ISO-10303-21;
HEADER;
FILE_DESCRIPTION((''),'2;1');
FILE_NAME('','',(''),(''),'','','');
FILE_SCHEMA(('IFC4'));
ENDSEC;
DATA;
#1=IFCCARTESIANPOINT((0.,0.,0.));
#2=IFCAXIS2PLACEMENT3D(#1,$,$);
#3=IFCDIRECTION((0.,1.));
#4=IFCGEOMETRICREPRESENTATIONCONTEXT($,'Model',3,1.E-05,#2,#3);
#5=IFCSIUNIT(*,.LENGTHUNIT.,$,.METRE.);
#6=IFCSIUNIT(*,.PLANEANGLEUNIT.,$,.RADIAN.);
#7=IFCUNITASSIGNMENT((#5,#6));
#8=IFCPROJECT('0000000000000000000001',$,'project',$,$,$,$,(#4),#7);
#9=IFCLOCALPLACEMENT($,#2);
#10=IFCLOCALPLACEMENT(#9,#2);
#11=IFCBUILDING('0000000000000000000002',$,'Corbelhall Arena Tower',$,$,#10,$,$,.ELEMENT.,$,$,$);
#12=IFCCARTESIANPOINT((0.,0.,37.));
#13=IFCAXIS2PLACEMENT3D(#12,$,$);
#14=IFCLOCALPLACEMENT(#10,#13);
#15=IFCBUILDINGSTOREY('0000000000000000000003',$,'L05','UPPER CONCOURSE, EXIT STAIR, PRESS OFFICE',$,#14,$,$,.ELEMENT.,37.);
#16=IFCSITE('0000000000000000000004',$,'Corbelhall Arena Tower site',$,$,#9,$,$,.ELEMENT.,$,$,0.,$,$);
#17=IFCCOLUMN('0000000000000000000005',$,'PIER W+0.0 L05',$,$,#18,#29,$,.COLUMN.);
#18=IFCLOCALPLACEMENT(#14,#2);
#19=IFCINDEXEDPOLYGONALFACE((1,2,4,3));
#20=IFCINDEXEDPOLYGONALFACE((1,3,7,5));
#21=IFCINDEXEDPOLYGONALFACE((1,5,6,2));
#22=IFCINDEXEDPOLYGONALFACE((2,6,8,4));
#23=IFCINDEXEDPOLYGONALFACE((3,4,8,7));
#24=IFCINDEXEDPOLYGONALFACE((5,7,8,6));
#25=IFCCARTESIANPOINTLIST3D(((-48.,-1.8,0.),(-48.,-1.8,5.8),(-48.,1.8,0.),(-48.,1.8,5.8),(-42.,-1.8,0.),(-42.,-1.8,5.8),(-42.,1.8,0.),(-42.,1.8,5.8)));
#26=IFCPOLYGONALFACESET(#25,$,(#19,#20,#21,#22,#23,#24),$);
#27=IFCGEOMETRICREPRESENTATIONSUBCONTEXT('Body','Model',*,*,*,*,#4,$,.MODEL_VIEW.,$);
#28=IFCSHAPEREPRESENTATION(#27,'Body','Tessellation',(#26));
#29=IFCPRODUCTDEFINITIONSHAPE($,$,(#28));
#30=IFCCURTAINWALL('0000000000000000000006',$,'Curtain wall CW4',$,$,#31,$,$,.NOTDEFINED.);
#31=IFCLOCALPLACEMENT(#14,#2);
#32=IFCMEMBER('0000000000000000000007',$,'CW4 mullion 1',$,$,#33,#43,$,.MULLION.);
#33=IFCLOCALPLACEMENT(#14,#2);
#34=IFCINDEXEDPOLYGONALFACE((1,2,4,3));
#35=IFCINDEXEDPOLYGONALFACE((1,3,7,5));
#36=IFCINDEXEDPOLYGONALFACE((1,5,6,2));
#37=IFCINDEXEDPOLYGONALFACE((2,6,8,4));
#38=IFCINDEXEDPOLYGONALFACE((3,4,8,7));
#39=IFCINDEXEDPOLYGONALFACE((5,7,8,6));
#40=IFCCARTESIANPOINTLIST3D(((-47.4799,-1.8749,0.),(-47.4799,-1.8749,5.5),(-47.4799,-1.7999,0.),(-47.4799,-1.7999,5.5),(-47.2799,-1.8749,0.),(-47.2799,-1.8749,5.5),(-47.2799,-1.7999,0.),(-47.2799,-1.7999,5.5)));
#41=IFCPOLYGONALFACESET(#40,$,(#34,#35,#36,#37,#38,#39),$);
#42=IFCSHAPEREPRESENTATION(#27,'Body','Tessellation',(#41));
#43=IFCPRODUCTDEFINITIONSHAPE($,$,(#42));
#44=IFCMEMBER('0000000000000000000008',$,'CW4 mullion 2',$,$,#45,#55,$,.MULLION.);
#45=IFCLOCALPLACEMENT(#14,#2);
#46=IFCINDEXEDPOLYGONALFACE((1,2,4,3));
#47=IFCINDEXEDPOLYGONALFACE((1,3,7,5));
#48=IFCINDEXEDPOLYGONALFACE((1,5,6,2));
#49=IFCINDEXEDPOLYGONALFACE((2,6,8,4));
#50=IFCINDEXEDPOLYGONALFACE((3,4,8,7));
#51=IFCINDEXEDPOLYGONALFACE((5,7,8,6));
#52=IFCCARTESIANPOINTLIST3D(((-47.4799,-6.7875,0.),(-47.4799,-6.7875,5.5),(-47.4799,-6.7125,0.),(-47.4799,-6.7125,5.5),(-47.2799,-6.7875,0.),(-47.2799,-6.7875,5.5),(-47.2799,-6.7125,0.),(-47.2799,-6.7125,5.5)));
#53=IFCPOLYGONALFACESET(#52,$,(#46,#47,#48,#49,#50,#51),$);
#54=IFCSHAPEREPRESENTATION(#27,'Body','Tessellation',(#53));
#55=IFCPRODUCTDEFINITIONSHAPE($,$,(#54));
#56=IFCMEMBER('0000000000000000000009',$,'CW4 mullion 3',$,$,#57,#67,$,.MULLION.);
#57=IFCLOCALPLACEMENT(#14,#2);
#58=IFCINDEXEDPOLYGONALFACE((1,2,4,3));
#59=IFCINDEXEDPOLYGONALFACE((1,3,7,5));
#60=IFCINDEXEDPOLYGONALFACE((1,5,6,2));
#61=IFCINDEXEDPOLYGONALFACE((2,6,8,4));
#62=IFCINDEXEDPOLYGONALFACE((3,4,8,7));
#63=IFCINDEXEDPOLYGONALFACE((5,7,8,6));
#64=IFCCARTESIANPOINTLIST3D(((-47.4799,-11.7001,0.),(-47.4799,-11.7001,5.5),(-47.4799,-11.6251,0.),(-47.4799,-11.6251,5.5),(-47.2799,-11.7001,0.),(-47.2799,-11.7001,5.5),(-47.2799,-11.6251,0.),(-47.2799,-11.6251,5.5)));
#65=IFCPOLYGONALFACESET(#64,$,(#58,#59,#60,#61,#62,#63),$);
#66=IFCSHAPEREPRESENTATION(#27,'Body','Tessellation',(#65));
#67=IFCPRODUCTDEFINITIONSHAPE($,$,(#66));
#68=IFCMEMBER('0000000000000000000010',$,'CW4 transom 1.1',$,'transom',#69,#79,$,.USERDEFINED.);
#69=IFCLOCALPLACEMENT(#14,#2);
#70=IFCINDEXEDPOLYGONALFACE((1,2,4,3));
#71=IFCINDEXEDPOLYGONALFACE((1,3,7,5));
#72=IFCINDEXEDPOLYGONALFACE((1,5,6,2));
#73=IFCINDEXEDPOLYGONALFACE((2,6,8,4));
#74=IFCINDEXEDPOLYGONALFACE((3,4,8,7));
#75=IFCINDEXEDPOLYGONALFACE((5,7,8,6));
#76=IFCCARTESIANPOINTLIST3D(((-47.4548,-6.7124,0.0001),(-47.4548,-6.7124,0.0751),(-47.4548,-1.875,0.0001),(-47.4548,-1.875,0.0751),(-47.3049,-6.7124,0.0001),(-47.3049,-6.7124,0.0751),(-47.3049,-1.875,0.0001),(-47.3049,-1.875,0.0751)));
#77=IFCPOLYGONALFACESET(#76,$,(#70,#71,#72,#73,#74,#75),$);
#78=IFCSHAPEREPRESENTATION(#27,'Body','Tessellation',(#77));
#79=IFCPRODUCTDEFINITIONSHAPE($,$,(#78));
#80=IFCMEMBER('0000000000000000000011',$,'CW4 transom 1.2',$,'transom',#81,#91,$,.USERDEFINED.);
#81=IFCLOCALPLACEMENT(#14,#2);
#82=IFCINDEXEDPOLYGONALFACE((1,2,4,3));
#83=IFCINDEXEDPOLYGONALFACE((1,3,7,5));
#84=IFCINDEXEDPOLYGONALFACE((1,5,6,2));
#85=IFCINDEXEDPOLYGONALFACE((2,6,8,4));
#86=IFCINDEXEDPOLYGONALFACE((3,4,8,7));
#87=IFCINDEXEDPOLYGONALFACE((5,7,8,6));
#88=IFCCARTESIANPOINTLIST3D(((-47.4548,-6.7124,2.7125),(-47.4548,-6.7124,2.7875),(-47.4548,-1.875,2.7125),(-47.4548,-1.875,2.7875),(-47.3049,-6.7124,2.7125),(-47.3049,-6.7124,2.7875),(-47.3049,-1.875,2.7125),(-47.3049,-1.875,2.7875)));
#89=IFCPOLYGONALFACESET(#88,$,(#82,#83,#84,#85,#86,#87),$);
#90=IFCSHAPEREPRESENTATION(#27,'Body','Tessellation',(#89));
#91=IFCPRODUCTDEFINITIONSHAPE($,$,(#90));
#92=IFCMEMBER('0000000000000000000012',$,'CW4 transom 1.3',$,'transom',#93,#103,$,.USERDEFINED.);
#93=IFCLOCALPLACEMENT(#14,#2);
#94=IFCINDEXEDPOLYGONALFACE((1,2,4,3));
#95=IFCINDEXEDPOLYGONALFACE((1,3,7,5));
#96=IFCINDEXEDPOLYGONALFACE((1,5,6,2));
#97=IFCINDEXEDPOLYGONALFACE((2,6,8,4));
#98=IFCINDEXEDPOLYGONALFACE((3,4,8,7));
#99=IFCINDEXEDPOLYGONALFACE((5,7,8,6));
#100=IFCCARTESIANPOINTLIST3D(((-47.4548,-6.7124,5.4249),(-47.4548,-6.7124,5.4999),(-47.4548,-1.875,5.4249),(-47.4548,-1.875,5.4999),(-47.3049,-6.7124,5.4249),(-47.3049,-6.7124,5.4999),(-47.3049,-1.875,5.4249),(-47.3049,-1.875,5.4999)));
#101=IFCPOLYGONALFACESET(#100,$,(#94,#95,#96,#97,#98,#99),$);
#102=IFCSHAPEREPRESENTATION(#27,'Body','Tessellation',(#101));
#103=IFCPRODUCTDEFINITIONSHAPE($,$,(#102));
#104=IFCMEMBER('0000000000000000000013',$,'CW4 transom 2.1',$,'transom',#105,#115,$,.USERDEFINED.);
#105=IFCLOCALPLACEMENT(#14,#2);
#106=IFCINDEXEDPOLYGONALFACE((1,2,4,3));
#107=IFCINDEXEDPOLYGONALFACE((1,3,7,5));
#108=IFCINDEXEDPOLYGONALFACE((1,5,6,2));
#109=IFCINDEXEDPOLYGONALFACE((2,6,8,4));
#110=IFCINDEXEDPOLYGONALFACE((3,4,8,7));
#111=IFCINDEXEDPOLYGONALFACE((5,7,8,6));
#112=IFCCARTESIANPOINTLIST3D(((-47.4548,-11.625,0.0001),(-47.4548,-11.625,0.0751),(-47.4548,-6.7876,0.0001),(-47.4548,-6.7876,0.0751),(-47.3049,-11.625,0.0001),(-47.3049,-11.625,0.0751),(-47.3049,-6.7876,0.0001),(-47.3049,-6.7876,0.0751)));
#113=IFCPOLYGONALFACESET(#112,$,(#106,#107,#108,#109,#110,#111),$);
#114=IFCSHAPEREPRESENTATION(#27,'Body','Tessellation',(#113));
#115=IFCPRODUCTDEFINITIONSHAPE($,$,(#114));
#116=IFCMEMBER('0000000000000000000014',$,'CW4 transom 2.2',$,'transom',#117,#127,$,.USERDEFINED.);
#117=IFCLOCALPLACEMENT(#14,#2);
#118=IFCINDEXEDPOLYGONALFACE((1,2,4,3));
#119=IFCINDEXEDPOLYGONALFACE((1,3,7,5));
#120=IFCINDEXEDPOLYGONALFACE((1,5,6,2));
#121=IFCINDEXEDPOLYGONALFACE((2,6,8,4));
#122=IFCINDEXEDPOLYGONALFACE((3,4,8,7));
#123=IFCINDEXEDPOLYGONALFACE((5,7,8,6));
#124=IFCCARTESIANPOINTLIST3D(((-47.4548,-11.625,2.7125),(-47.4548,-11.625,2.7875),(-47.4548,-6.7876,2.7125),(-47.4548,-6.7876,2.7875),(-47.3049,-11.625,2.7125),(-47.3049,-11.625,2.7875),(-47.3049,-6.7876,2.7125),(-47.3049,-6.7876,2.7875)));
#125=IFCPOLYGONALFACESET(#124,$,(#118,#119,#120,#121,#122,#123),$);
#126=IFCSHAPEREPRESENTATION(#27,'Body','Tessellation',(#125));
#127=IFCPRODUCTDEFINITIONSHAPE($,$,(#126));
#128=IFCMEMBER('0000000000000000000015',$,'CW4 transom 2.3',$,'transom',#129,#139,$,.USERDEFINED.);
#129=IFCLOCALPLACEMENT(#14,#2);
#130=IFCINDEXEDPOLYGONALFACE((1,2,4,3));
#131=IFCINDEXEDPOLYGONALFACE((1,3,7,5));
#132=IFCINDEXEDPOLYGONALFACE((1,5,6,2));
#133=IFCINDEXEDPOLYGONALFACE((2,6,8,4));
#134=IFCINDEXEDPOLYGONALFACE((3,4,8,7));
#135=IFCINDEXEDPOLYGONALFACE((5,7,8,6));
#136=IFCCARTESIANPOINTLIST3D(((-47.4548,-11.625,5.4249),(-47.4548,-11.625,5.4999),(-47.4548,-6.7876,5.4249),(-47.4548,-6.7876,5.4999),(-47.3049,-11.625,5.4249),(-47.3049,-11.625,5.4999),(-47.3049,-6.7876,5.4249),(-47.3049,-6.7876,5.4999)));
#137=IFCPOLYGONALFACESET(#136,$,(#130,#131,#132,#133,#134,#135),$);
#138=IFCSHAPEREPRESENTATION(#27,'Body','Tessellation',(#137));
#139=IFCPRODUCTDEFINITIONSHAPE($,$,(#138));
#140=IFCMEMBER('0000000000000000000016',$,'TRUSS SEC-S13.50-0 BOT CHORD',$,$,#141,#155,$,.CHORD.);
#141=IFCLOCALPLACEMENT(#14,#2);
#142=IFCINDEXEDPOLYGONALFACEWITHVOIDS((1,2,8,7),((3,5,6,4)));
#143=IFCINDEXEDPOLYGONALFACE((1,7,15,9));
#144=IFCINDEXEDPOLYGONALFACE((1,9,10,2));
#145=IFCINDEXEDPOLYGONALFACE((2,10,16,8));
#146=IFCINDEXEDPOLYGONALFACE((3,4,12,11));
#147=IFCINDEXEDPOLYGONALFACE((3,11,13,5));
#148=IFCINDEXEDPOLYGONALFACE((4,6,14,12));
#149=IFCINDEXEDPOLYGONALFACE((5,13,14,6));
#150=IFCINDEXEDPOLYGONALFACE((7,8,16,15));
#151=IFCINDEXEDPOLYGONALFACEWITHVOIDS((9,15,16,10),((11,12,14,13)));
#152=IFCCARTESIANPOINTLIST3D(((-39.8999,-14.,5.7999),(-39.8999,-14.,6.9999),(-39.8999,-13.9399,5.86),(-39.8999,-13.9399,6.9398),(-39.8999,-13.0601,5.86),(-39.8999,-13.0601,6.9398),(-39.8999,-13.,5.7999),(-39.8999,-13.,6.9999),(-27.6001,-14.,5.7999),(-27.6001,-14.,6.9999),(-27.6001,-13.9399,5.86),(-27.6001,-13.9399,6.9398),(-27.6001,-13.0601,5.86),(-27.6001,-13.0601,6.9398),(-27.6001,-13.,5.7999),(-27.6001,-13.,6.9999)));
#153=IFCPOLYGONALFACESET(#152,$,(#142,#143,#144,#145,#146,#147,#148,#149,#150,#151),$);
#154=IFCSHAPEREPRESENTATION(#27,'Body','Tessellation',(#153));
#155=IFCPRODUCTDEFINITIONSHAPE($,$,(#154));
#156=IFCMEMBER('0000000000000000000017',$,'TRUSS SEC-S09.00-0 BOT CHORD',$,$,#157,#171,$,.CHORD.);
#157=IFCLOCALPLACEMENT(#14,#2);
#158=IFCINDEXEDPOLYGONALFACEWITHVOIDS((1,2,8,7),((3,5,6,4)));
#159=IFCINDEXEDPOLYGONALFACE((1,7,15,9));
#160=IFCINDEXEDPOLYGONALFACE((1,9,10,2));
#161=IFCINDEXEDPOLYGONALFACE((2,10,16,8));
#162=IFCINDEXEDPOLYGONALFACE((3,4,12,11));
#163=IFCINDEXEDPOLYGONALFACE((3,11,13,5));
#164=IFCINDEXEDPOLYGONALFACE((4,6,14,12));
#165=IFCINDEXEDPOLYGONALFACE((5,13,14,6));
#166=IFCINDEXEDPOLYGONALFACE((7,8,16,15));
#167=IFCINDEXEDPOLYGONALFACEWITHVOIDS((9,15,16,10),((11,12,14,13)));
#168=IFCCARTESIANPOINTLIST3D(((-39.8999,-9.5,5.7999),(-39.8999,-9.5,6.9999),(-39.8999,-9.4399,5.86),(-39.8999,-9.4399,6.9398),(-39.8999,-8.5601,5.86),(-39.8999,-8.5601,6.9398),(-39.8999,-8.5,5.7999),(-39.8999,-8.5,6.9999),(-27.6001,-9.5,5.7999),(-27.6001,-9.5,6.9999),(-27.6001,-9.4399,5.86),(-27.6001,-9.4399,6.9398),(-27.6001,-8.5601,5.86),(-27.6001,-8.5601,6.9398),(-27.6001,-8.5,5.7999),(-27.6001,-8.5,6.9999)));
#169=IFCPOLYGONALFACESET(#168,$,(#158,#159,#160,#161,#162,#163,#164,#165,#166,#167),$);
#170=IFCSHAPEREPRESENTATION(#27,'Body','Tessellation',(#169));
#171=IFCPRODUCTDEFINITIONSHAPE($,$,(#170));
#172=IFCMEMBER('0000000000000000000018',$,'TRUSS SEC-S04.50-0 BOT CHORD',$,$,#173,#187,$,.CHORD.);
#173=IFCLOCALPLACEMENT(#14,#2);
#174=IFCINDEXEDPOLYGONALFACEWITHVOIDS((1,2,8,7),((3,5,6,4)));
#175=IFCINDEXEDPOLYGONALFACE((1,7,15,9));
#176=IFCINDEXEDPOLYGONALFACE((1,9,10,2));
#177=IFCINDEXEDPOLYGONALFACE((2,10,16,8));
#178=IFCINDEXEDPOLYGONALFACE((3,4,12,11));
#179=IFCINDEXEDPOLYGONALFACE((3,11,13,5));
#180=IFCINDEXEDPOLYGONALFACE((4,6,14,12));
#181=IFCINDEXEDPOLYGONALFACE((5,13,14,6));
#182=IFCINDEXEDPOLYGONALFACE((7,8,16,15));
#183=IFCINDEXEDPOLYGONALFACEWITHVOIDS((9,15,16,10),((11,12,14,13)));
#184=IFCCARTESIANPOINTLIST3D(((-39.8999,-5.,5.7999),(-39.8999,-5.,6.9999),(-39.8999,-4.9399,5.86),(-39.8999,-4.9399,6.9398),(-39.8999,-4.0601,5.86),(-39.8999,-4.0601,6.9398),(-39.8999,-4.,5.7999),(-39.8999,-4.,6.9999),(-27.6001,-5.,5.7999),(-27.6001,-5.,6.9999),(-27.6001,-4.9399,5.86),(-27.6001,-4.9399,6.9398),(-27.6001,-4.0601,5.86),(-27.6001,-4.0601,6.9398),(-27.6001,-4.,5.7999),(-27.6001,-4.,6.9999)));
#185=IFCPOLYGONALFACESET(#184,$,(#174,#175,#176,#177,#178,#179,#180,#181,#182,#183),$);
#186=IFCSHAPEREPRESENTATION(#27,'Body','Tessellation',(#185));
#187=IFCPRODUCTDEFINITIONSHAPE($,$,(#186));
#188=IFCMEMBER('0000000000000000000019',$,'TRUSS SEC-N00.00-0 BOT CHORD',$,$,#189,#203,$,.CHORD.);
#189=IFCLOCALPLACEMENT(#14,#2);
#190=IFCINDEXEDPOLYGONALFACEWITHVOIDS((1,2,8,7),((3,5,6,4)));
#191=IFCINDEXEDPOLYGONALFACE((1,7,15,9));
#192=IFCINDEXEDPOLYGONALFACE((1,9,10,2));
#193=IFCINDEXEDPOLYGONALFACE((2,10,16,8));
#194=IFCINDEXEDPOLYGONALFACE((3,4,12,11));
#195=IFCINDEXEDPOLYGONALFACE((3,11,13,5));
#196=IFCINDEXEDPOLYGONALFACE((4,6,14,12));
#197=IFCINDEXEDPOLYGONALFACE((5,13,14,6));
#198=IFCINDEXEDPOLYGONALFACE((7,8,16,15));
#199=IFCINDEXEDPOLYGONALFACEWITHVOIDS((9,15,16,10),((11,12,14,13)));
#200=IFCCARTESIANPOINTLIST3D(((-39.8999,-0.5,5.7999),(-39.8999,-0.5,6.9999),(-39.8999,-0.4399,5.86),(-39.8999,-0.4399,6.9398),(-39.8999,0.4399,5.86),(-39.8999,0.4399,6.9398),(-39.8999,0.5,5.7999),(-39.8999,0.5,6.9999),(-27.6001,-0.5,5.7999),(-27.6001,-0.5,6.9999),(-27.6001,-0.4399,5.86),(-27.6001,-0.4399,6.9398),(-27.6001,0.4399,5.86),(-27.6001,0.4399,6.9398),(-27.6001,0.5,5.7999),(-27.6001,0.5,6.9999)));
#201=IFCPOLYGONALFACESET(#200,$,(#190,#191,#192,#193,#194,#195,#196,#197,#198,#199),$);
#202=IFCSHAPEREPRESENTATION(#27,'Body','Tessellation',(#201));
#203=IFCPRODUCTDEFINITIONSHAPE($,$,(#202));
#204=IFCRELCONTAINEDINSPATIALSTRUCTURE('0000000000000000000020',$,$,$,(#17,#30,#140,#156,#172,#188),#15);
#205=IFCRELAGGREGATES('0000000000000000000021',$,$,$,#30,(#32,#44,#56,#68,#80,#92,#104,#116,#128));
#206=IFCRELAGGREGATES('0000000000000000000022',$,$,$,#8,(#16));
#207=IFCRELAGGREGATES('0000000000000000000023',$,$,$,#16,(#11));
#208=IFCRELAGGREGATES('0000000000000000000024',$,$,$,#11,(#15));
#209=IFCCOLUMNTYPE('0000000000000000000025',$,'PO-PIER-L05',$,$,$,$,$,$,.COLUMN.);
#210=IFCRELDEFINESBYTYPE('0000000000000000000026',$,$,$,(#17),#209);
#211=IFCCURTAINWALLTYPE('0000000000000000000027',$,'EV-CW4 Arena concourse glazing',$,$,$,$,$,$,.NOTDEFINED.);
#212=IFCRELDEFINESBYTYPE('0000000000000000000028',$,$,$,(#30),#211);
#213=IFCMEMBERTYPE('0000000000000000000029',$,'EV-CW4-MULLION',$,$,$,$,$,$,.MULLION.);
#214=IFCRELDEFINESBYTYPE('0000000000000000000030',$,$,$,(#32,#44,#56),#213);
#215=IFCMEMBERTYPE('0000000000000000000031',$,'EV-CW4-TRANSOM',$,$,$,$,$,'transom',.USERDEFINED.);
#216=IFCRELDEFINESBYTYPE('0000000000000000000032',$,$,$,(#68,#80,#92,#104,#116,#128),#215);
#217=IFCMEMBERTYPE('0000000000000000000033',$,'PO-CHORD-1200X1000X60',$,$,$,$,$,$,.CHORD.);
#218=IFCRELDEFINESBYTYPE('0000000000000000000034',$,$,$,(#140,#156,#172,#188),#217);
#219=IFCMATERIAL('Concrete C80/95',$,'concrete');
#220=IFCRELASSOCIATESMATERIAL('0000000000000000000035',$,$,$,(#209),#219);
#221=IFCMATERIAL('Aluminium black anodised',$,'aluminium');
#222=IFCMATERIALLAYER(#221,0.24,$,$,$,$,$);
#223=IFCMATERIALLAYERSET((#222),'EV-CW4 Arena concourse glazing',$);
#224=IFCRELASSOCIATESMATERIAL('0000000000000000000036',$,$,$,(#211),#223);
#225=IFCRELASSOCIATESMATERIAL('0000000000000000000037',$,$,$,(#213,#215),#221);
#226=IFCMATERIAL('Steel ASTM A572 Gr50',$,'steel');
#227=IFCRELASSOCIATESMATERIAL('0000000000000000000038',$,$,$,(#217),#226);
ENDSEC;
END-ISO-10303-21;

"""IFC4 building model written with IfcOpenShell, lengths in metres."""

from ifc_helpers import new_model, si_unit, direction, frame, origin, origin_2d, place, context, subcontext, project, spatial, rectangle, hollow_rectangle, extrude, material, layer, layer_set, material_profile, profile_set, type_object, element, aggregate, save


model = new_model("IFC4")

# Units and contexts
model_context = context("Model", 3, precision=1e-05, world=origin(), true_north=direction((0.0, 1.0)))
body_context = subcontext(model_context, "Body", "Model", "MODEL_VIEW")
ifc_project = project(units=[si_unit("LENGTHUNIT", "METRE"), si_unit("PLANEANGLEUNIT", "RADIAN")], contexts=[model_context])

# Site, building, storey
site_placement = place(None, origin())
site = spatial("IfcSite", under=ifc_project, at=site_placement, Name="Corbelhall Arena Tower site", CompositionType="ELEMENT", RefElevation=0.0)
building_placement = place(site_placement, origin())
building = spatial("IfcBuilding", under=site, at=building_placement, Name="Corbelhall Arena Tower", CompositionType="ELEMENT")
storey_placement = place(building_placement, frame((0.0, 0.0, 37.0)))
storey = spatial("IfcBuildingStorey", under=building, at=storey_placement, Name="L05", Description="UPPER CONCOURSE, EXIT STAIR, PRESS OFFICE", CompositionType="ELEMENT", Elevation=37.0)

# Column
ifc_material_1 = material(Name="Concrete C80/95", Category="concrete")
ifc_material_profile_1 = material_profile(ifc_material_1, rectangle(XDim=3.6001, YDim=6.0, at=origin_2d()))
ifc_profile_set_1 = profile_set([ifc_material_profile_1], Name="Concrete C80/95")
column_type = type_object("IfcColumnType", Name="PO-PIER-L05", PredefinedType="COLUMN", material=ifc_profile_set_1)
column_placement = place(storey_placement, frame((-45.0, 0.0, 0.0), z_axis=(0.0, 0.0, 1.0), x_axis=(0.0, 1.0, 0.0)))
element("IfcColumn", 1, at=column_placement, inside=storey, type_object=column_type, Name="PIER W+0.0 L05", PredefinedType="COLUMN", context=body_context, shape_type="SweptSolid", body=[
    extrude(rectangle(XDim=3.6001, YDim=6.0, at=origin_2d()), origin(), (0.0, 0.0, 1.0), 5.8),
])

# Curtain wall, members
ifc_material_2 = material(Name="Aluminium black anodised", Category="aluminium")
ifc_layer_1 = layer(ifc_material_2, 0.24)
ifc_layer_set_1 = layer_set([ifc_layer_1], Name="EV-CW4 Arena concourse glazing")
curtain_wall_type = type_object("IfcCurtainWallType", Name="EV-CW4 Arena concourse glazing", PredefinedType="NOTDEFINED", material=ifc_layer_set_1)
curtain_wall_placement = place(storey_placement, origin())
curtain_wall = element("IfcCurtainWall", 2, at=curtain_wall_placement, inside=storey, type_object=curtain_wall_type, Name="Curtain wall CW4", PredefinedType="NOTDEFINED")
ifc_material_profile_2 = material_profile(ifc_material_2, rectangle(XDim=0.2, YDim=0.075, at=origin_2d()))
ifc_profile_set_2 = profile_set([ifc_material_profile_2], Name="Aluminium black anodised")
member_type_1 = type_object("IfcMemberType", Name="EV-CW4-MULLION", PredefinedType="MULLION", material=ifc_profile_set_2)
member_1_placement = place(storey_placement, frame((-47.3799, -1.8374, 0.0), z_axis=(0.0, 0.0, 1.0), x_axis=(1.0, 0.0, 0.0)))
member_1 = element("IfcMember", 3, at=member_1_placement, type_object=member_type_1, Name="CW4 mullion 1", PredefinedType="MULLION", context=body_context, shape_type="SweptSolid", body=[
    extrude(rectangle(XDim=0.2, YDim=0.075, at=origin_2d()), origin(), (0.0, 0.0, 1.0), 5.5),
])
member_2_placement = place(storey_placement, frame((-47.3799, -6.75, 0.0), z_axis=(0.0, 0.0, 1.0), x_axis=(1.0, 0.0, 0.0)))
member_2 = element("IfcMember", 4, at=member_2_placement, type_object=member_type_1, Name="CW4 mullion 2", PredefinedType="MULLION", context=body_context, shape_type="SweptSolid", body=[
    extrude(rectangle(XDim=0.2, YDim=0.075, at=origin_2d()), origin(), (0.0, 0.0, 1.0), 5.5),
])
member_3_placement = place(storey_placement, frame((-47.3799, -11.6626, 0.0), z_axis=(0.0, 0.0, 1.0), x_axis=(1.0, 0.0, 0.0)))
member_3 = element("IfcMember", 5, at=member_3_placement, type_object=member_type_1, Name="CW4 mullion 3", PredefinedType="MULLION", context=body_context, shape_type="SweptSolid", body=[
    extrude(rectangle(XDim=0.2, YDim=0.075, at=origin_2d()), origin(), (0.0, 0.0, 1.0), 5.5),
])
ifc_material_profile_3 = material_profile(ifc_material_2, rectangle(XDim=0.1499, YDim=0.075, at=origin_2d()))
ifc_profile_set_3 = profile_set([ifc_material_profile_3], Name="Aluminium black anodised")
member_type_2 = type_object("IfcMemberType", Name="EV-CW4-TRANSOM", ElementType="transom", PredefinedType="USERDEFINED", material=ifc_profile_set_3)
member_4_placement = place(storey_placement, frame((-47.3799, -1.875, 0.0376), z_axis=(0.0, -1.0, 0.0), x_axis=(1.0, 0.0, 0.0)))
member_4 = element("IfcMember", 6, at=member_4_placement, type_object=member_type_2, Name="CW4 transom 1.1", ObjectType="transom", PredefinedType="USERDEFINED", context=body_context, shape_type="SweptSolid", body=[
    extrude(rectangle(XDim=0.1499, YDim=0.075, at=origin_2d()), origin(), (0.0, 0.0, 1.0), 4.8374),
])
member_5_placement = place(storey_placement, frame((-47.3799, -1.875, 2.75), z_axis=(0.0, -1.0, 0.0), x_axis=(1.0, 0.0, 0.0)))
member_5 = element("IfcMember", 7, at=member_5_placement, type_object=member_type_2, Name="CW4 transom 1.2", ObjectType="transom", PredefinedType="USERDEFINED", context=body_context, shape_type="SweptSolid", body=[
    extrude(rectangle(XDim=0.1499, YDim=0.075, at=origin_2d()), origin(), (0.0, 0.0, 1.0), 4.8374),
])
member_6_placement = place(storey_placement, frame((-47.3799, -1.875, 5.4624), z_axis=(0.0, -1.0, 0.0), x_axis=(1.0, 0.0, 0.0)))
member_6 = element("IfcMember", 8, at=member_6_placement, type_object=member_type_2, Name="CW4 transom 1.3", ObjectType="transom", PredefinedType="USERDEFINED", context=body_context, shape_type="SweptSolid", body=[
    extrude(rectangle(XDim=0.1499, YDim=0.075, at=origin_2d()), origin(), (0.0, 0.0, 1.0), 4.8374),
])
member_7_placement = place(storey_placement, frame((-47.3799, -6.7876, 0.0376), z_axis=(0.0, -1.0, 0.0), x_axis=(1.0, 0.0, 0.0)))
member_7 = element("IfcMember", 9, at=member_7_placement, type_object=member_type_2, Name="CW4 transom 2.1", ObjectType="transom", PredefinedType="USERDEFINED", context=body_context, shape_type="SweptSolid", body=[
    extrude(rectangle(XDim=0.1499, YDim=0.075, at=origin_2d()), origin(), (0.0, 0.0, 1.0), 4.8374),
])
member_8_placement = place(storey_placement, frame((-47.3799, -6.7876, 2.75), z_axis=(0.0, -1.0, 0.0), x_axis=(1.0, 0.0, 0.0)))
member_8 = element("IfcMember", 10, at=member_8_placement, type_object=member_type_2, Name="CW4 transom 2.2", ObjectType="transom", PredefinedType="USERDEFINED", context=body_context, shape_type="SweptSolid", body=[
    extrude(rectangle(XDim=0.1499, YDim=0.075, at=origin_2d()), origin(), (0.0, 0.0, 1.0), 4.8374),
])
member_9_placement = place(storey_placement, frame((-47.3799, -6.7876, 5.4624), z_axis=(0.0, -1.0, 0.0), x_axis=(1.0, 0.0, 0.0)))
member_9 = element("IfcMember", 11, at=member_9_placement, type_object=member_type_2, Name="CW4 transom 2.3", ObjectType="transom", PredefinedType="USERDEFINED", context=body_context, shape_type="SweptSolid", body=[
    extrude(rectangle(XDim=0.1499, YDim=0.075, at=origin_2d()), origin(), (0.0, 0.0, 1.0), 4.8374),
])

# Members
ifc_material_3 = material(Name="Steel ASTM A572 Gr50", Category="steel")
ifc_material_profile_4 = material_profile(ifc_material_3, hollow_rectangle(XDim=1.0, YDim=1.2, WallThickness=0.0601, at=origin_2d()))
ifc_profile_set_4 = profile_set([ifc_material_profile_4], Name="Steel ASTM A572 Gr50")
member_type_3 = type_object("IfcMemberType", Name="PO-CHORD-1200X1000X60", PredefinedType="CHORD", material=ifc_profile_set_4)
for number, where, z_axis, x_axis, name in (
    (12, (-39.8999, -13.5, 6.3999), (1.0, 0.0, 0.0), (0.0, 1.0, 0.0), "TRUSS SEC-S13.50-0 BOT CHORD"),
    (13, (-39.8999, -9.0, 6.3999), (1.0, 0.0, 0.0), (0.0, 1.0, 0.0), "TRUSS SEC-S09.00-0 BOT CHORD"),
    (14, (-39.8999, -4.5, 6.3999), (1.0, 0.0, 0.0), (0.0, 1.0, 0.0), "TRUSS SEC-S04.50-0 BOT CHORD"),
    (15, (-39.8999, 0.0, 6.3999), (1.0, 0.0, 0.0), (0.0, 1.0, 0.0), "TRUSS SEC-N00.00-0 BOT CHORD"),
):
    element("IfcMember", number, at=place(storey_placement, frame(where, z_axis=z_axis, x_axis=x_axis)), inside=storey, type_object=member_type_3, Name=name, PredefinedType="CHORD", context=body_context, shape_type="SweptSolid", body=[
        extrude(hollow_rectangle(XDim=1.0, YDim=1.2, WallThickness=0.0601, at=origin_2d()), origin(), (0.0, 0.0, 1.0), 12.2998),
    ])

aggregate(curtain_wall, [member_1, member_2, member_3, member_4, member_5, member_6, member_7, member_8, member_9])

save(model, "model.ifc")
